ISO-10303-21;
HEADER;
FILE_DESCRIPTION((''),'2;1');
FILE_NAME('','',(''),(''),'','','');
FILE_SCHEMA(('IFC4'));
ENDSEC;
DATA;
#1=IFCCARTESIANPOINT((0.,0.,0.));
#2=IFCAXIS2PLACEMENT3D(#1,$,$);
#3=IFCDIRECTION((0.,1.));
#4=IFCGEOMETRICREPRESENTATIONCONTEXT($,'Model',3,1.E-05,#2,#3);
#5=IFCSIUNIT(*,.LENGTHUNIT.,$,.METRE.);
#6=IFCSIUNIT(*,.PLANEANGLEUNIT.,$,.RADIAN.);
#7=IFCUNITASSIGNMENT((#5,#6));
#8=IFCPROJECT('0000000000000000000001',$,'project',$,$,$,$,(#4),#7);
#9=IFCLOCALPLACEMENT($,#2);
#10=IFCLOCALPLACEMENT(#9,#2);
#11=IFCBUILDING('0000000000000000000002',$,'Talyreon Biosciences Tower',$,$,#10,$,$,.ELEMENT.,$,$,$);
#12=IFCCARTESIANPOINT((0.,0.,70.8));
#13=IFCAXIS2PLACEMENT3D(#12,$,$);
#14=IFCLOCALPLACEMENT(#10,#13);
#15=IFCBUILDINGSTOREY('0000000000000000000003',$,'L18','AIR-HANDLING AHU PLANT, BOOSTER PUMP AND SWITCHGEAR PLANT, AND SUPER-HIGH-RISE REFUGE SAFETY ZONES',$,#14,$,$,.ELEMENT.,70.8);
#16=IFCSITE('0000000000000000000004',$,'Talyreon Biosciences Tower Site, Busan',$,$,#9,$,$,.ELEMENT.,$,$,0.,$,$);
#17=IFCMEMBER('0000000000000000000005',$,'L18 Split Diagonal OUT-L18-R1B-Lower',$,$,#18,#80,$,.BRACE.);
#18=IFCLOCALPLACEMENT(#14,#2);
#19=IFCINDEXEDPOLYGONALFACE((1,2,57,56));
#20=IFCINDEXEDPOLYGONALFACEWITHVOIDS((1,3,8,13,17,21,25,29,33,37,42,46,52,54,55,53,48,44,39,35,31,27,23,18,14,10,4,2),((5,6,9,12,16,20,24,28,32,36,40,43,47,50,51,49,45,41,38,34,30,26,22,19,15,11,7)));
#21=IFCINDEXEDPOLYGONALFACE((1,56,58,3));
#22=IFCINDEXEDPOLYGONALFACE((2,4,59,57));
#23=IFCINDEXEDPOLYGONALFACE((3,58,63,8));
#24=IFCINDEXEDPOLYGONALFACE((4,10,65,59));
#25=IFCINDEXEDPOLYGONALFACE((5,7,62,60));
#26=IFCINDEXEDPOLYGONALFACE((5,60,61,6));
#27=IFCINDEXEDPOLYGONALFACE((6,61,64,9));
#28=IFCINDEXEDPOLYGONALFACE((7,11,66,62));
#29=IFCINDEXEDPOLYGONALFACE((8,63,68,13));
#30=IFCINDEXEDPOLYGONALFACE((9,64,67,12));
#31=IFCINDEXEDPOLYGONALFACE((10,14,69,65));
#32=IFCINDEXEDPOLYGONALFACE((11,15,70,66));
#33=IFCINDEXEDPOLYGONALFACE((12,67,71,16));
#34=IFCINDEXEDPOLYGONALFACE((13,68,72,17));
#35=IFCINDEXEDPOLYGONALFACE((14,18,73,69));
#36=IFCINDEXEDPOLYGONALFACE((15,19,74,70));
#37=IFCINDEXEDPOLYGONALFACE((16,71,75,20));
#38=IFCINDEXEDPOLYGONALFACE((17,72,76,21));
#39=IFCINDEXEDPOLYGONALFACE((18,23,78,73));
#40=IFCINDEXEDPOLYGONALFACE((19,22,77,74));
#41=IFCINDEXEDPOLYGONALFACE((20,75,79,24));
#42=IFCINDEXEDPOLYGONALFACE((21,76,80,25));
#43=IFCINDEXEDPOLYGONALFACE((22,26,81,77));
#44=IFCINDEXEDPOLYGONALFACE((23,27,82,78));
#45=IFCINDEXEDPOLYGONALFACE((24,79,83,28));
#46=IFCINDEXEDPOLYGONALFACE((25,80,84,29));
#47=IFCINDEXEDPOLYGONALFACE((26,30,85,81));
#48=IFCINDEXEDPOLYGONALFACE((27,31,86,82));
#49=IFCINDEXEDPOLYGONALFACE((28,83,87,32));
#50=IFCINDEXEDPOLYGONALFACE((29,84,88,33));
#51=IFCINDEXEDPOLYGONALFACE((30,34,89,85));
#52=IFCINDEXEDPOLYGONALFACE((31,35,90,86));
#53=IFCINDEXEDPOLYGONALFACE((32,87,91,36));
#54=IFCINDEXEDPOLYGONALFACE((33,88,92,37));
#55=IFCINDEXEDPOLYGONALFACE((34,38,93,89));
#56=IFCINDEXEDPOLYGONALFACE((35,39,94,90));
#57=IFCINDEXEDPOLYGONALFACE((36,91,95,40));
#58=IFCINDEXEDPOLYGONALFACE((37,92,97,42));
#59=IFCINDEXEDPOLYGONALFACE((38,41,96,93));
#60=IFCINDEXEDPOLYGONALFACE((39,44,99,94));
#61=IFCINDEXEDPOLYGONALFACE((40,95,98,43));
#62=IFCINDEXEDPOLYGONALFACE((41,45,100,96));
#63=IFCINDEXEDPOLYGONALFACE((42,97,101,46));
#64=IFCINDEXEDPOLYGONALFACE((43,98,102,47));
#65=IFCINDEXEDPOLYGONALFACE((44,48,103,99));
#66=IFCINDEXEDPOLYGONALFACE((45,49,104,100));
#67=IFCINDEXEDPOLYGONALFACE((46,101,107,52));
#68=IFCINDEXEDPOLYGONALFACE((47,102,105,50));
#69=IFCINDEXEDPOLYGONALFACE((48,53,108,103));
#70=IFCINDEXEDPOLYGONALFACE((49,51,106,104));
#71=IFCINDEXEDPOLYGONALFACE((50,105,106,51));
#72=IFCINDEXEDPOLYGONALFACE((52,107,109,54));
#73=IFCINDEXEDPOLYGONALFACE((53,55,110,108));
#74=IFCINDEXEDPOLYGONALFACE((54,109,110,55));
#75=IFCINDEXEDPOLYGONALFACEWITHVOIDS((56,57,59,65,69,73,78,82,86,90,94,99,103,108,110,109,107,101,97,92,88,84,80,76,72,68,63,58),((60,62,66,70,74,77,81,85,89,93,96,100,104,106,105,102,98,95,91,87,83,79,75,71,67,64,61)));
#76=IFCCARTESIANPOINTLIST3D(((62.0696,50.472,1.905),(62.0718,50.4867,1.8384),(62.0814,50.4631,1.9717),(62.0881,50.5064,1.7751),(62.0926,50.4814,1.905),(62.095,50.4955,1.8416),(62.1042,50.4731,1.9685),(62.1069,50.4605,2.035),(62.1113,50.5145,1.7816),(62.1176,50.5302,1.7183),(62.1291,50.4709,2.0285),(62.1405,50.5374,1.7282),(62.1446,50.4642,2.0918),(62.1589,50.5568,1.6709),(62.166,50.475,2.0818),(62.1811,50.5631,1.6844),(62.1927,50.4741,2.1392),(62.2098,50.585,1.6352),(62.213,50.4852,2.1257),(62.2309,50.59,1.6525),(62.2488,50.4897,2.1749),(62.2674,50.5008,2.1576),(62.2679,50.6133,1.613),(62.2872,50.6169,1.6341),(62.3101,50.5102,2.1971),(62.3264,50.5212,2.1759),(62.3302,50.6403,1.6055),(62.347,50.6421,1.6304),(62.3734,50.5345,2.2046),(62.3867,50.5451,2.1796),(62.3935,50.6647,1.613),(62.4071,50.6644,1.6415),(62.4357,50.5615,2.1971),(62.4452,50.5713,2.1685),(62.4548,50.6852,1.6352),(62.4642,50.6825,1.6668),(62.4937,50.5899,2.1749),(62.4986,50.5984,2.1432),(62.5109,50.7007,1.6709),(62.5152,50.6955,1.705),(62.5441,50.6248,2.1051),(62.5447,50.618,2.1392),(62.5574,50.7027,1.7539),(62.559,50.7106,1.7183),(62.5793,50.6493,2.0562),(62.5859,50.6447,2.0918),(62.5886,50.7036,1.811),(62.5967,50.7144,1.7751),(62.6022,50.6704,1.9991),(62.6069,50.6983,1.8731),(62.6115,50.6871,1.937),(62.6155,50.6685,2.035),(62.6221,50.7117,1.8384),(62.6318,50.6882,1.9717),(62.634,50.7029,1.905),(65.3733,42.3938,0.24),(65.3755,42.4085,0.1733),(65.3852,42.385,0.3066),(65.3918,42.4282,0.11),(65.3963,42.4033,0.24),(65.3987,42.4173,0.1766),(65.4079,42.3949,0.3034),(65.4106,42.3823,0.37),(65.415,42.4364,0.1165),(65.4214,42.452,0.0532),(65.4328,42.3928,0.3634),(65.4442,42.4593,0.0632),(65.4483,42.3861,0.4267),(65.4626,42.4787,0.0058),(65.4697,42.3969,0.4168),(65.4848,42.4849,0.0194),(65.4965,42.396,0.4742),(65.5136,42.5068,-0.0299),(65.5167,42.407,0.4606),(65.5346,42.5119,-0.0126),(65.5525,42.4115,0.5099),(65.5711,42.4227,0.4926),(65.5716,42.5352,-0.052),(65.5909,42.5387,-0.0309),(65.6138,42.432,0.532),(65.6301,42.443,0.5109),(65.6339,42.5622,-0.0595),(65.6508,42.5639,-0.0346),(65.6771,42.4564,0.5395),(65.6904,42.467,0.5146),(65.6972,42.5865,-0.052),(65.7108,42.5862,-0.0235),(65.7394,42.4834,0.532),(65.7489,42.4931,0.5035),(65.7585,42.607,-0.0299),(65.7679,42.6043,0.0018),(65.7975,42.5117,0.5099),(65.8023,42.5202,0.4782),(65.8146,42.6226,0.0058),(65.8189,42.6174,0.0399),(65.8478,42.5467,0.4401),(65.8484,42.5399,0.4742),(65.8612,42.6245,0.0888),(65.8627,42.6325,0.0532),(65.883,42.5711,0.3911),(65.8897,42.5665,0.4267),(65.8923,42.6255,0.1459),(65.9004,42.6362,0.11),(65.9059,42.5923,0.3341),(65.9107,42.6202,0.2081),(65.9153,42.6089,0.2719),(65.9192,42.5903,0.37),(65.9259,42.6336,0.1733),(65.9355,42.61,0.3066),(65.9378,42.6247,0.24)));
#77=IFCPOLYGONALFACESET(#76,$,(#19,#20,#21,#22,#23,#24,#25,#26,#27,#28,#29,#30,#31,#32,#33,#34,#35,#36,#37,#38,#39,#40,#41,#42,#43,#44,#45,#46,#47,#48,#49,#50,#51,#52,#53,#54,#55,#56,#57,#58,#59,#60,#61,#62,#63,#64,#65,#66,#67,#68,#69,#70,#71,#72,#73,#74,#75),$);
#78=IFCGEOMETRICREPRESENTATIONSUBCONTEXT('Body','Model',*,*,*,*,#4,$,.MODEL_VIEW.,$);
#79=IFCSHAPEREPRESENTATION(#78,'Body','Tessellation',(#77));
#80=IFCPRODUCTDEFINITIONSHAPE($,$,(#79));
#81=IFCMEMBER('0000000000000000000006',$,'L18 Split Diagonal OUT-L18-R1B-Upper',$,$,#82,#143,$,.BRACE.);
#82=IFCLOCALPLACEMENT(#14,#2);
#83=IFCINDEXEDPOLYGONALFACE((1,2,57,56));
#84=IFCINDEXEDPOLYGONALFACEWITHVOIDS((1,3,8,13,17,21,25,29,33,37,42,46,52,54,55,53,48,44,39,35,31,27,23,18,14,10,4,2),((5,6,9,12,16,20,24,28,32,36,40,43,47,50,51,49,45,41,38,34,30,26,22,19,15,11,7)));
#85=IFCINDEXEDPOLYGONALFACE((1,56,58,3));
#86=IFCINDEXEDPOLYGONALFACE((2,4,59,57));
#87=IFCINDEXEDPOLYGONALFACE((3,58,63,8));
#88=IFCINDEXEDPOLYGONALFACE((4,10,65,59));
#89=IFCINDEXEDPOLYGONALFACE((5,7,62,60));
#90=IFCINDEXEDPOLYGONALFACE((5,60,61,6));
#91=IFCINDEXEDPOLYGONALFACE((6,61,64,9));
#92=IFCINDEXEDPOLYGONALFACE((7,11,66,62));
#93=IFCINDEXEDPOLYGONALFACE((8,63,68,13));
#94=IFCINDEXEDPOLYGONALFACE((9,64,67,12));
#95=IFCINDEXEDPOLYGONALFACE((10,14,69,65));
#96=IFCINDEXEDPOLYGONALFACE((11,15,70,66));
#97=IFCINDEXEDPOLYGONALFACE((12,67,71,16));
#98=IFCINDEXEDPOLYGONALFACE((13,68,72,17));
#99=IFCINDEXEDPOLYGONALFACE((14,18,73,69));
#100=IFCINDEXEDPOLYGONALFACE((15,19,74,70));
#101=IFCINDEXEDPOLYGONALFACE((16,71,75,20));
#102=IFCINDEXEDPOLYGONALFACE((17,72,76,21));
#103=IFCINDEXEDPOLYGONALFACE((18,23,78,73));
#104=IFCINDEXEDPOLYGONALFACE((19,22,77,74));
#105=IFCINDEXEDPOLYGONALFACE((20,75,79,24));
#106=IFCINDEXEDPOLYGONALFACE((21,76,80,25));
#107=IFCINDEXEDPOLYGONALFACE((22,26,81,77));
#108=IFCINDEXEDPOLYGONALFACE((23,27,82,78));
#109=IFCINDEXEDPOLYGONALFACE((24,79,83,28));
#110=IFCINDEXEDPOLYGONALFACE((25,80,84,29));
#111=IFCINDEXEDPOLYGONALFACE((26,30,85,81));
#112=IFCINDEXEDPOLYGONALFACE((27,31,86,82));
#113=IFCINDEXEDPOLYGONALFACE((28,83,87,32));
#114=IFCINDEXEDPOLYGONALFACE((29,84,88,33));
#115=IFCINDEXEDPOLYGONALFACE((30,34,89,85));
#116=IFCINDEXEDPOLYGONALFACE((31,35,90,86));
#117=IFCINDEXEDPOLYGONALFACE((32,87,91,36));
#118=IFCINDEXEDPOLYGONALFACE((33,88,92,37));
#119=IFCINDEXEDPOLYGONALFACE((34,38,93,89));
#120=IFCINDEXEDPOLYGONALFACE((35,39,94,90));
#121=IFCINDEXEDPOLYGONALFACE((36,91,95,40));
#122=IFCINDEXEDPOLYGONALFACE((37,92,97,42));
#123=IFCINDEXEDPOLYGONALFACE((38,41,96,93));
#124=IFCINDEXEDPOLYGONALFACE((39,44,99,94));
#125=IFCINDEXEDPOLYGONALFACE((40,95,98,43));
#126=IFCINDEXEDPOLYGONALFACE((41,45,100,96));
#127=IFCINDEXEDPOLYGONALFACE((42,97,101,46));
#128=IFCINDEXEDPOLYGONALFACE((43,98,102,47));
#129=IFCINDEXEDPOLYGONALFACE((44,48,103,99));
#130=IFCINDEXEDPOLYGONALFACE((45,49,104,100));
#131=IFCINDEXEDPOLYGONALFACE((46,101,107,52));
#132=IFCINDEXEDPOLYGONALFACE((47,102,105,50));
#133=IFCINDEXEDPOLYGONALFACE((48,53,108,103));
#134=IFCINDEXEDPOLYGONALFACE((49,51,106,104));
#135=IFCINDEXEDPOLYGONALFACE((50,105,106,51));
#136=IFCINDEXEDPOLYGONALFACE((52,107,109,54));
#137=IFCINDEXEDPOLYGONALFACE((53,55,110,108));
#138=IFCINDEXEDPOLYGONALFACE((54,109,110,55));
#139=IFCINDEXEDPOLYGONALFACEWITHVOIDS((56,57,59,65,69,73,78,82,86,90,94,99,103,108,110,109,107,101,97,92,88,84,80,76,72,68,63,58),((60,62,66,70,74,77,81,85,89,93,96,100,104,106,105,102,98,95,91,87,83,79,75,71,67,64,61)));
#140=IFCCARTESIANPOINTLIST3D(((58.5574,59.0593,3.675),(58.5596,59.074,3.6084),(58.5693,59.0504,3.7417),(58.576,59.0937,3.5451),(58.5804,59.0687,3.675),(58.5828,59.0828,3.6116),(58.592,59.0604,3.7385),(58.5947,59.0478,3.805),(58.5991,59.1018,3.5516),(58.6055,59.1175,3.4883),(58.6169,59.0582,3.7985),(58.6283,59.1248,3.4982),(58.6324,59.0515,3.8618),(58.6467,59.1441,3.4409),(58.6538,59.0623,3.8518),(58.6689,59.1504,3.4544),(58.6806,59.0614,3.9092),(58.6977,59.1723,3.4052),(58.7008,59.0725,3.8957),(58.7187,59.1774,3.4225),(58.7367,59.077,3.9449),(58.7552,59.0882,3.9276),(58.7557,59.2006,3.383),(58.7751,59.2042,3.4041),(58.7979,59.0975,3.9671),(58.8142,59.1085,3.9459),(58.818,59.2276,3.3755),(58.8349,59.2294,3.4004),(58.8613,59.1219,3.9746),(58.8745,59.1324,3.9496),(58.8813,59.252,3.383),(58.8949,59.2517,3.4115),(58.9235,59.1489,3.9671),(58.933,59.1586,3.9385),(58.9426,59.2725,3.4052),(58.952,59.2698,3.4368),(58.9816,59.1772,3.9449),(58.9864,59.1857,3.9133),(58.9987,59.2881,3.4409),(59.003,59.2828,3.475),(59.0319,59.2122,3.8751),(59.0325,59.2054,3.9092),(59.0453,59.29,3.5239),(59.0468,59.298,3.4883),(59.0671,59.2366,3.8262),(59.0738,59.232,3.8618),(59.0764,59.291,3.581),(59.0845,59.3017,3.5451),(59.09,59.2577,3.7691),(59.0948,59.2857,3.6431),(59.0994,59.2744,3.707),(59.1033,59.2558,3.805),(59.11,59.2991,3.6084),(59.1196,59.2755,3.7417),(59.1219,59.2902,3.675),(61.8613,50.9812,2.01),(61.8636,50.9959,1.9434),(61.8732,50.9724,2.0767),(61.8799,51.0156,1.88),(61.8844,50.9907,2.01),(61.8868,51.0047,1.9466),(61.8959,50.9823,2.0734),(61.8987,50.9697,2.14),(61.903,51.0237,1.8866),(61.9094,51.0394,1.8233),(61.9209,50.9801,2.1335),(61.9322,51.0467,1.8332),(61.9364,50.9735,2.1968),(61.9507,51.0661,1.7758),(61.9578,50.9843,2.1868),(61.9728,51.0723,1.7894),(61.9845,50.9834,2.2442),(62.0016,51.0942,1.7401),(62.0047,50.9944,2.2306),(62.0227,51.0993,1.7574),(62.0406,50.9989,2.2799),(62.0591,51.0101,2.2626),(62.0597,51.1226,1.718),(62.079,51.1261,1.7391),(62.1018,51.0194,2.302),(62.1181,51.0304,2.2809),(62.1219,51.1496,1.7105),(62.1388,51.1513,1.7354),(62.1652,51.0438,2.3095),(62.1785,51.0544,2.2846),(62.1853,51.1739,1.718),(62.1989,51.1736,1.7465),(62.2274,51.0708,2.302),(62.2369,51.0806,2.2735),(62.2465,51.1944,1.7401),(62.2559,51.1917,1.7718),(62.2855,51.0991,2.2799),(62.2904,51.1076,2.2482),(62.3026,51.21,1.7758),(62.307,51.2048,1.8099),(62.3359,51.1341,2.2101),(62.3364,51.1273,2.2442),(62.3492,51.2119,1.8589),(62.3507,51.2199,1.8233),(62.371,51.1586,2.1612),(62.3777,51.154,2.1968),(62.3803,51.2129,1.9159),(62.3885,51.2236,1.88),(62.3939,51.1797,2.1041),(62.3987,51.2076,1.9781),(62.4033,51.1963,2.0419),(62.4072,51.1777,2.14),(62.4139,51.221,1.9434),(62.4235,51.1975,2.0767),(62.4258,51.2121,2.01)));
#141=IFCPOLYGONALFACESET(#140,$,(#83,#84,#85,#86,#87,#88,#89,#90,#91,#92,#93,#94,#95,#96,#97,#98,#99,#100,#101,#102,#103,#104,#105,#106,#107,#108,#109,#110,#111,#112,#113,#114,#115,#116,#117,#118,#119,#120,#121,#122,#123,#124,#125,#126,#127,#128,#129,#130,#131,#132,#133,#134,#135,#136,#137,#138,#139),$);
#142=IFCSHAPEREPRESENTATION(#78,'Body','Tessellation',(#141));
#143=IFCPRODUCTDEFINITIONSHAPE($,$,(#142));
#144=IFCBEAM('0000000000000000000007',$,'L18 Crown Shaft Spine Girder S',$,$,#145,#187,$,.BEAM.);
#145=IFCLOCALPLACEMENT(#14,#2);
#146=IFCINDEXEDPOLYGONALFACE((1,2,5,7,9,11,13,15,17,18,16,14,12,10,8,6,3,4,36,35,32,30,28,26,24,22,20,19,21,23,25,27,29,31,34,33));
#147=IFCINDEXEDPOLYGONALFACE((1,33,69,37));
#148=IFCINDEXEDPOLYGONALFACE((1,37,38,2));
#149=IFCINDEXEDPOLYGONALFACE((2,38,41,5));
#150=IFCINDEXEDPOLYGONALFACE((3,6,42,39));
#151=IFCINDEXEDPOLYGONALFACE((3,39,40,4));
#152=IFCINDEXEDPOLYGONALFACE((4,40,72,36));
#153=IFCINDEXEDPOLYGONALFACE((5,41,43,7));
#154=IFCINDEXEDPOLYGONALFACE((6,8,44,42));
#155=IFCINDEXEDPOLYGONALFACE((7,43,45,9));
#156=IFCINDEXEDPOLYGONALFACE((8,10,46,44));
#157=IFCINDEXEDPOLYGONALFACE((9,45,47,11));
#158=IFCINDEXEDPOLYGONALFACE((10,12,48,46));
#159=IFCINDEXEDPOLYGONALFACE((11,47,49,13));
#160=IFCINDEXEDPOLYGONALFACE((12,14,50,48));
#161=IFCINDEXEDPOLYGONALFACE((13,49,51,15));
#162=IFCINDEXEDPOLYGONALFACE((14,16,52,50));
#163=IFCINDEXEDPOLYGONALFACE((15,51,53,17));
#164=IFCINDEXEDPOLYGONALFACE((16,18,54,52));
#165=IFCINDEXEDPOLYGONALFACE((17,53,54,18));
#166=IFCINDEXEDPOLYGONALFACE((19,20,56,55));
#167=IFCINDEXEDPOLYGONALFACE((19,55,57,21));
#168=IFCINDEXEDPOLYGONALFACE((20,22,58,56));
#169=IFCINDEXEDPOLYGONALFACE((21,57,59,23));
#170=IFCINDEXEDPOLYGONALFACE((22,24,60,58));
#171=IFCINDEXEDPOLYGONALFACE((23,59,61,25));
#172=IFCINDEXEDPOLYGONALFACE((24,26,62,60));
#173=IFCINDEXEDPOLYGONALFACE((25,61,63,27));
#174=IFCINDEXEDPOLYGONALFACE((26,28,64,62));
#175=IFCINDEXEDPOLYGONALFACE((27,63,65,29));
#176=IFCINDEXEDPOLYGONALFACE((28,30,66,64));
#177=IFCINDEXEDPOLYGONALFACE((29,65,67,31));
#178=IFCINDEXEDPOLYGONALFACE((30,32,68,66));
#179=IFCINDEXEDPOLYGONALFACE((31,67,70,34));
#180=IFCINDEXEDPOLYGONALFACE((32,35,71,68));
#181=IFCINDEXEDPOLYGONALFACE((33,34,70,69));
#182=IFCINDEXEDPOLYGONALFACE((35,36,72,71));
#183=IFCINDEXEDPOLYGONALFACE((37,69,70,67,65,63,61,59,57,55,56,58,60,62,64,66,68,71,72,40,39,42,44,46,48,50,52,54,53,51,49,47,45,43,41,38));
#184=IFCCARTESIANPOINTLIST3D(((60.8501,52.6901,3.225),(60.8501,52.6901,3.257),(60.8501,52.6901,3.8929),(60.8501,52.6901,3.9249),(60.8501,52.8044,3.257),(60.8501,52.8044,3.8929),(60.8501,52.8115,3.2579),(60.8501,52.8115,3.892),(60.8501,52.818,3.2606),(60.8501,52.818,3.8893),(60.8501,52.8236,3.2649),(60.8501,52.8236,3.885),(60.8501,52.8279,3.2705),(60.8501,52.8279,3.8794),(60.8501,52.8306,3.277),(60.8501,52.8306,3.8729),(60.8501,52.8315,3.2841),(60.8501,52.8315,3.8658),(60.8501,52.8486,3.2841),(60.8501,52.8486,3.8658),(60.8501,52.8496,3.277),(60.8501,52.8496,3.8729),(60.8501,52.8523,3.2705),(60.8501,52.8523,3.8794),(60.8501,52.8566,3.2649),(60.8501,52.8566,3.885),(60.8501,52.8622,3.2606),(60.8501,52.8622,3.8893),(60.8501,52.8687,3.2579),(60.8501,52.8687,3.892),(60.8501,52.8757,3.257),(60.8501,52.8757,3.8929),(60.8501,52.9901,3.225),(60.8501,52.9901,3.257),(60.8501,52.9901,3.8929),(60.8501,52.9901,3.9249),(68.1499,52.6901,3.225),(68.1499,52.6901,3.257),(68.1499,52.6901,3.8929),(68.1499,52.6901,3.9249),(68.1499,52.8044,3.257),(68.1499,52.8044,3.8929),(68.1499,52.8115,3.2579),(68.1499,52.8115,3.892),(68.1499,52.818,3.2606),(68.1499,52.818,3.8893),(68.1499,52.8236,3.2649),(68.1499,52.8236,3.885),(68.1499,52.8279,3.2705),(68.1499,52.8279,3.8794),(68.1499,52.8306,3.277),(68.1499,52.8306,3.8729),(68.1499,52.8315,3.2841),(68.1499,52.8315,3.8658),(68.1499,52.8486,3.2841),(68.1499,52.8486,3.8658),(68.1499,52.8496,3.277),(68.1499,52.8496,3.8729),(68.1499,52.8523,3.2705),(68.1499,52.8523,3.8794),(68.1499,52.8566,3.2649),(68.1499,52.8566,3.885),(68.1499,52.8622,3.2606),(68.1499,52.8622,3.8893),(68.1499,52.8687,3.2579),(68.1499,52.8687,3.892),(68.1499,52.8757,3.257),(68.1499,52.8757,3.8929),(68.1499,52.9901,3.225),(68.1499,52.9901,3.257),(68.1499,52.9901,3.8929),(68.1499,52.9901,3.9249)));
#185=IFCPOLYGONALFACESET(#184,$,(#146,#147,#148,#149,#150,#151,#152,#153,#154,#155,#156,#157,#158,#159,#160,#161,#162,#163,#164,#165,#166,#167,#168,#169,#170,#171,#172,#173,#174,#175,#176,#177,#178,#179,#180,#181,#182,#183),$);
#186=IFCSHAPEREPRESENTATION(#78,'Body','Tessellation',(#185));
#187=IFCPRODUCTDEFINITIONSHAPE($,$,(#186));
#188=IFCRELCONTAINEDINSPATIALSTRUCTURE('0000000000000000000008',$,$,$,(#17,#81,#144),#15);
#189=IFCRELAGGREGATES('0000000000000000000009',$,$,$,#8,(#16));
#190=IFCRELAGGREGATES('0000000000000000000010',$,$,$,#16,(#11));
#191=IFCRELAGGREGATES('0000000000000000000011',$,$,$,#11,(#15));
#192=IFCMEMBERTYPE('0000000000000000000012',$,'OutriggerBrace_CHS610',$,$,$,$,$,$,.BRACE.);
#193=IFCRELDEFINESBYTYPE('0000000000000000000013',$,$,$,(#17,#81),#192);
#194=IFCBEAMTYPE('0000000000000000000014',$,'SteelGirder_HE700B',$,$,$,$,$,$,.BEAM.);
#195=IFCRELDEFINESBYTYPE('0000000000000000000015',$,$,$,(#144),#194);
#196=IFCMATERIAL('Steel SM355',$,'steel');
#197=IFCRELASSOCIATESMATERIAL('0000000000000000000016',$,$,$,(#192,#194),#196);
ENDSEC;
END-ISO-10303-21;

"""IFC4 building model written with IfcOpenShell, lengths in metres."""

from ifc_helpers import new_model, si_unit, direction, frame, origin, origin_2d, place, context, subcontext, project, spatial, hollow_circle, i_section, extrude, material, material_profile, profile_set, type_object, element, save


model = new_model("IFC4")

# Units and contexts
model_context = context("Model", 3, precision=1e-05, world=origin(), true_north=direction((0.0, 1.0)))
body_context = subcontext(model_context, "Body", "Model", "MODEL_VIEW")
ifc_project = project(units=[si_unit("LENGTHUNIT", "METRE"), si_unit("PLANEANGLEUNIT", "RADIAN")], contexts=[model_context])

# Site, building, storey
site_placement = place(None, origin())
site = spatial("IfcSite", under=ifc_project, at=site_placement, Name="Talyreon Biosciences Tower Site, Busan", CompositionType="ELEMENT", RefElevation=0.0)
building_placement = place(site_placement, origin())
building = spatial("IfcBuilding", under=site, at=building_placement, Name="Talyreon Biosciences Tower", CompositionType="ELEMENT")
storey_placement = place(building_placement, frame((0.0, 0.0, 70.8)))
storey = spatial("IfcBuildingStorey", under=building, at=storey_placement, Name="L18", Description="AIR-HANDLING AHU PLANT, BOOSTER PUMP AND SWITCHGEAR PLANT, AND SUPER-HIGH-RISE REFUGE SAFETY ZONES", CompositionType="ELEMENT", Elevation=70.8)

# Shared definitions
ifc_material_1 = material(Name="Steel SM355", Category="steel")

# Members
ifc_material_profile_1 = material_profile(ifc_material_1, hollow_circle(Radius=0.3049, WallThickness=0.0249, at=origin_2d()), Name="CHS 610x25")
ifc_profile_set_1 = profile_set([ifc_material_profile_1], Name="Steel SM355")
member_type_1 = type_object("IfcMemberType", Name="OutriggerBrace_CHS610", PredefinedType="BRACE", material=ifc_profile_set_1)
for number, where, z_axis, x_axis, name in (
    (1, (65.6555, 42.5093, 0.24), (-0.371831, 0.909188, 0.187399), (-0.925586, -0.378537, 0.0), "L18 Split Diagonal OUT-L18-R1B-Lower"),
    (2, (62.1436, 51.0967, 2.01), (-0.371854, 0.909179, 0.187397), (-0.925576, -0.378561, 0.0), "L18 Split Diagonal OUT-L18-R1B-Upper"),
):
    element("IfcMember", number, at=place(storey_placement, frame(where, z_axis=z_axis, x_axis=x_axis)), inside=storey, type_object=member_type_1, Name=name, PredefinedType="BRACE", context=body_context, shape_type="SweptSolid", body=[
        extrude(hollow_circle(Radius=0.3049, WallThickness=0.0249, at=origin_2d()), origin(), (0.0, 0.0, 1.0), 8.885),
    ])

# Beam
ifc_material_profile_2 = material_profile(ifc_material_1, i_section(OverallWidth=0.3, OverallDepth=0.7, WebThickness=0.0171, FlangeThickness=0.032, FilletRadius=0.0271, at=origin_2d()), Name="HE700B")
ifc_profile_set_2 = profile_set([ifc_material_profile_2], Name="Steel SM355")
beam_type = type_object("IfcBeamType", Name="SteelGirder_HE700B", PredefinedType="BEAM", material=ifc_profile_set_2)
beam_1_placement = place(storey_placement, frame((60.8501, 52.8401, 3.575), z_axis=(1.0, 0.0, 0.0), x_axis=(0.0, 1.0, 0.0)))
element("IfcBeam", 3, at=beam_1_placement, inside=storey, type_object=beam_type, Name="L18 Crown Shaft Spine Girder S", PredefinedType="BEAM", context=body_context, shape_type="SweptSolid", body=[
    extrude(i_section(OverallWidth=0.3, OverallDepth=0.7, WebThickness=0.0171, FlangeThickness=0.032, FilletRadius=0.0271, at=origin_2d()), origin(), (0.0, 0.0, 1.0), 7.2998),
])

save(model, "model.ifc")
